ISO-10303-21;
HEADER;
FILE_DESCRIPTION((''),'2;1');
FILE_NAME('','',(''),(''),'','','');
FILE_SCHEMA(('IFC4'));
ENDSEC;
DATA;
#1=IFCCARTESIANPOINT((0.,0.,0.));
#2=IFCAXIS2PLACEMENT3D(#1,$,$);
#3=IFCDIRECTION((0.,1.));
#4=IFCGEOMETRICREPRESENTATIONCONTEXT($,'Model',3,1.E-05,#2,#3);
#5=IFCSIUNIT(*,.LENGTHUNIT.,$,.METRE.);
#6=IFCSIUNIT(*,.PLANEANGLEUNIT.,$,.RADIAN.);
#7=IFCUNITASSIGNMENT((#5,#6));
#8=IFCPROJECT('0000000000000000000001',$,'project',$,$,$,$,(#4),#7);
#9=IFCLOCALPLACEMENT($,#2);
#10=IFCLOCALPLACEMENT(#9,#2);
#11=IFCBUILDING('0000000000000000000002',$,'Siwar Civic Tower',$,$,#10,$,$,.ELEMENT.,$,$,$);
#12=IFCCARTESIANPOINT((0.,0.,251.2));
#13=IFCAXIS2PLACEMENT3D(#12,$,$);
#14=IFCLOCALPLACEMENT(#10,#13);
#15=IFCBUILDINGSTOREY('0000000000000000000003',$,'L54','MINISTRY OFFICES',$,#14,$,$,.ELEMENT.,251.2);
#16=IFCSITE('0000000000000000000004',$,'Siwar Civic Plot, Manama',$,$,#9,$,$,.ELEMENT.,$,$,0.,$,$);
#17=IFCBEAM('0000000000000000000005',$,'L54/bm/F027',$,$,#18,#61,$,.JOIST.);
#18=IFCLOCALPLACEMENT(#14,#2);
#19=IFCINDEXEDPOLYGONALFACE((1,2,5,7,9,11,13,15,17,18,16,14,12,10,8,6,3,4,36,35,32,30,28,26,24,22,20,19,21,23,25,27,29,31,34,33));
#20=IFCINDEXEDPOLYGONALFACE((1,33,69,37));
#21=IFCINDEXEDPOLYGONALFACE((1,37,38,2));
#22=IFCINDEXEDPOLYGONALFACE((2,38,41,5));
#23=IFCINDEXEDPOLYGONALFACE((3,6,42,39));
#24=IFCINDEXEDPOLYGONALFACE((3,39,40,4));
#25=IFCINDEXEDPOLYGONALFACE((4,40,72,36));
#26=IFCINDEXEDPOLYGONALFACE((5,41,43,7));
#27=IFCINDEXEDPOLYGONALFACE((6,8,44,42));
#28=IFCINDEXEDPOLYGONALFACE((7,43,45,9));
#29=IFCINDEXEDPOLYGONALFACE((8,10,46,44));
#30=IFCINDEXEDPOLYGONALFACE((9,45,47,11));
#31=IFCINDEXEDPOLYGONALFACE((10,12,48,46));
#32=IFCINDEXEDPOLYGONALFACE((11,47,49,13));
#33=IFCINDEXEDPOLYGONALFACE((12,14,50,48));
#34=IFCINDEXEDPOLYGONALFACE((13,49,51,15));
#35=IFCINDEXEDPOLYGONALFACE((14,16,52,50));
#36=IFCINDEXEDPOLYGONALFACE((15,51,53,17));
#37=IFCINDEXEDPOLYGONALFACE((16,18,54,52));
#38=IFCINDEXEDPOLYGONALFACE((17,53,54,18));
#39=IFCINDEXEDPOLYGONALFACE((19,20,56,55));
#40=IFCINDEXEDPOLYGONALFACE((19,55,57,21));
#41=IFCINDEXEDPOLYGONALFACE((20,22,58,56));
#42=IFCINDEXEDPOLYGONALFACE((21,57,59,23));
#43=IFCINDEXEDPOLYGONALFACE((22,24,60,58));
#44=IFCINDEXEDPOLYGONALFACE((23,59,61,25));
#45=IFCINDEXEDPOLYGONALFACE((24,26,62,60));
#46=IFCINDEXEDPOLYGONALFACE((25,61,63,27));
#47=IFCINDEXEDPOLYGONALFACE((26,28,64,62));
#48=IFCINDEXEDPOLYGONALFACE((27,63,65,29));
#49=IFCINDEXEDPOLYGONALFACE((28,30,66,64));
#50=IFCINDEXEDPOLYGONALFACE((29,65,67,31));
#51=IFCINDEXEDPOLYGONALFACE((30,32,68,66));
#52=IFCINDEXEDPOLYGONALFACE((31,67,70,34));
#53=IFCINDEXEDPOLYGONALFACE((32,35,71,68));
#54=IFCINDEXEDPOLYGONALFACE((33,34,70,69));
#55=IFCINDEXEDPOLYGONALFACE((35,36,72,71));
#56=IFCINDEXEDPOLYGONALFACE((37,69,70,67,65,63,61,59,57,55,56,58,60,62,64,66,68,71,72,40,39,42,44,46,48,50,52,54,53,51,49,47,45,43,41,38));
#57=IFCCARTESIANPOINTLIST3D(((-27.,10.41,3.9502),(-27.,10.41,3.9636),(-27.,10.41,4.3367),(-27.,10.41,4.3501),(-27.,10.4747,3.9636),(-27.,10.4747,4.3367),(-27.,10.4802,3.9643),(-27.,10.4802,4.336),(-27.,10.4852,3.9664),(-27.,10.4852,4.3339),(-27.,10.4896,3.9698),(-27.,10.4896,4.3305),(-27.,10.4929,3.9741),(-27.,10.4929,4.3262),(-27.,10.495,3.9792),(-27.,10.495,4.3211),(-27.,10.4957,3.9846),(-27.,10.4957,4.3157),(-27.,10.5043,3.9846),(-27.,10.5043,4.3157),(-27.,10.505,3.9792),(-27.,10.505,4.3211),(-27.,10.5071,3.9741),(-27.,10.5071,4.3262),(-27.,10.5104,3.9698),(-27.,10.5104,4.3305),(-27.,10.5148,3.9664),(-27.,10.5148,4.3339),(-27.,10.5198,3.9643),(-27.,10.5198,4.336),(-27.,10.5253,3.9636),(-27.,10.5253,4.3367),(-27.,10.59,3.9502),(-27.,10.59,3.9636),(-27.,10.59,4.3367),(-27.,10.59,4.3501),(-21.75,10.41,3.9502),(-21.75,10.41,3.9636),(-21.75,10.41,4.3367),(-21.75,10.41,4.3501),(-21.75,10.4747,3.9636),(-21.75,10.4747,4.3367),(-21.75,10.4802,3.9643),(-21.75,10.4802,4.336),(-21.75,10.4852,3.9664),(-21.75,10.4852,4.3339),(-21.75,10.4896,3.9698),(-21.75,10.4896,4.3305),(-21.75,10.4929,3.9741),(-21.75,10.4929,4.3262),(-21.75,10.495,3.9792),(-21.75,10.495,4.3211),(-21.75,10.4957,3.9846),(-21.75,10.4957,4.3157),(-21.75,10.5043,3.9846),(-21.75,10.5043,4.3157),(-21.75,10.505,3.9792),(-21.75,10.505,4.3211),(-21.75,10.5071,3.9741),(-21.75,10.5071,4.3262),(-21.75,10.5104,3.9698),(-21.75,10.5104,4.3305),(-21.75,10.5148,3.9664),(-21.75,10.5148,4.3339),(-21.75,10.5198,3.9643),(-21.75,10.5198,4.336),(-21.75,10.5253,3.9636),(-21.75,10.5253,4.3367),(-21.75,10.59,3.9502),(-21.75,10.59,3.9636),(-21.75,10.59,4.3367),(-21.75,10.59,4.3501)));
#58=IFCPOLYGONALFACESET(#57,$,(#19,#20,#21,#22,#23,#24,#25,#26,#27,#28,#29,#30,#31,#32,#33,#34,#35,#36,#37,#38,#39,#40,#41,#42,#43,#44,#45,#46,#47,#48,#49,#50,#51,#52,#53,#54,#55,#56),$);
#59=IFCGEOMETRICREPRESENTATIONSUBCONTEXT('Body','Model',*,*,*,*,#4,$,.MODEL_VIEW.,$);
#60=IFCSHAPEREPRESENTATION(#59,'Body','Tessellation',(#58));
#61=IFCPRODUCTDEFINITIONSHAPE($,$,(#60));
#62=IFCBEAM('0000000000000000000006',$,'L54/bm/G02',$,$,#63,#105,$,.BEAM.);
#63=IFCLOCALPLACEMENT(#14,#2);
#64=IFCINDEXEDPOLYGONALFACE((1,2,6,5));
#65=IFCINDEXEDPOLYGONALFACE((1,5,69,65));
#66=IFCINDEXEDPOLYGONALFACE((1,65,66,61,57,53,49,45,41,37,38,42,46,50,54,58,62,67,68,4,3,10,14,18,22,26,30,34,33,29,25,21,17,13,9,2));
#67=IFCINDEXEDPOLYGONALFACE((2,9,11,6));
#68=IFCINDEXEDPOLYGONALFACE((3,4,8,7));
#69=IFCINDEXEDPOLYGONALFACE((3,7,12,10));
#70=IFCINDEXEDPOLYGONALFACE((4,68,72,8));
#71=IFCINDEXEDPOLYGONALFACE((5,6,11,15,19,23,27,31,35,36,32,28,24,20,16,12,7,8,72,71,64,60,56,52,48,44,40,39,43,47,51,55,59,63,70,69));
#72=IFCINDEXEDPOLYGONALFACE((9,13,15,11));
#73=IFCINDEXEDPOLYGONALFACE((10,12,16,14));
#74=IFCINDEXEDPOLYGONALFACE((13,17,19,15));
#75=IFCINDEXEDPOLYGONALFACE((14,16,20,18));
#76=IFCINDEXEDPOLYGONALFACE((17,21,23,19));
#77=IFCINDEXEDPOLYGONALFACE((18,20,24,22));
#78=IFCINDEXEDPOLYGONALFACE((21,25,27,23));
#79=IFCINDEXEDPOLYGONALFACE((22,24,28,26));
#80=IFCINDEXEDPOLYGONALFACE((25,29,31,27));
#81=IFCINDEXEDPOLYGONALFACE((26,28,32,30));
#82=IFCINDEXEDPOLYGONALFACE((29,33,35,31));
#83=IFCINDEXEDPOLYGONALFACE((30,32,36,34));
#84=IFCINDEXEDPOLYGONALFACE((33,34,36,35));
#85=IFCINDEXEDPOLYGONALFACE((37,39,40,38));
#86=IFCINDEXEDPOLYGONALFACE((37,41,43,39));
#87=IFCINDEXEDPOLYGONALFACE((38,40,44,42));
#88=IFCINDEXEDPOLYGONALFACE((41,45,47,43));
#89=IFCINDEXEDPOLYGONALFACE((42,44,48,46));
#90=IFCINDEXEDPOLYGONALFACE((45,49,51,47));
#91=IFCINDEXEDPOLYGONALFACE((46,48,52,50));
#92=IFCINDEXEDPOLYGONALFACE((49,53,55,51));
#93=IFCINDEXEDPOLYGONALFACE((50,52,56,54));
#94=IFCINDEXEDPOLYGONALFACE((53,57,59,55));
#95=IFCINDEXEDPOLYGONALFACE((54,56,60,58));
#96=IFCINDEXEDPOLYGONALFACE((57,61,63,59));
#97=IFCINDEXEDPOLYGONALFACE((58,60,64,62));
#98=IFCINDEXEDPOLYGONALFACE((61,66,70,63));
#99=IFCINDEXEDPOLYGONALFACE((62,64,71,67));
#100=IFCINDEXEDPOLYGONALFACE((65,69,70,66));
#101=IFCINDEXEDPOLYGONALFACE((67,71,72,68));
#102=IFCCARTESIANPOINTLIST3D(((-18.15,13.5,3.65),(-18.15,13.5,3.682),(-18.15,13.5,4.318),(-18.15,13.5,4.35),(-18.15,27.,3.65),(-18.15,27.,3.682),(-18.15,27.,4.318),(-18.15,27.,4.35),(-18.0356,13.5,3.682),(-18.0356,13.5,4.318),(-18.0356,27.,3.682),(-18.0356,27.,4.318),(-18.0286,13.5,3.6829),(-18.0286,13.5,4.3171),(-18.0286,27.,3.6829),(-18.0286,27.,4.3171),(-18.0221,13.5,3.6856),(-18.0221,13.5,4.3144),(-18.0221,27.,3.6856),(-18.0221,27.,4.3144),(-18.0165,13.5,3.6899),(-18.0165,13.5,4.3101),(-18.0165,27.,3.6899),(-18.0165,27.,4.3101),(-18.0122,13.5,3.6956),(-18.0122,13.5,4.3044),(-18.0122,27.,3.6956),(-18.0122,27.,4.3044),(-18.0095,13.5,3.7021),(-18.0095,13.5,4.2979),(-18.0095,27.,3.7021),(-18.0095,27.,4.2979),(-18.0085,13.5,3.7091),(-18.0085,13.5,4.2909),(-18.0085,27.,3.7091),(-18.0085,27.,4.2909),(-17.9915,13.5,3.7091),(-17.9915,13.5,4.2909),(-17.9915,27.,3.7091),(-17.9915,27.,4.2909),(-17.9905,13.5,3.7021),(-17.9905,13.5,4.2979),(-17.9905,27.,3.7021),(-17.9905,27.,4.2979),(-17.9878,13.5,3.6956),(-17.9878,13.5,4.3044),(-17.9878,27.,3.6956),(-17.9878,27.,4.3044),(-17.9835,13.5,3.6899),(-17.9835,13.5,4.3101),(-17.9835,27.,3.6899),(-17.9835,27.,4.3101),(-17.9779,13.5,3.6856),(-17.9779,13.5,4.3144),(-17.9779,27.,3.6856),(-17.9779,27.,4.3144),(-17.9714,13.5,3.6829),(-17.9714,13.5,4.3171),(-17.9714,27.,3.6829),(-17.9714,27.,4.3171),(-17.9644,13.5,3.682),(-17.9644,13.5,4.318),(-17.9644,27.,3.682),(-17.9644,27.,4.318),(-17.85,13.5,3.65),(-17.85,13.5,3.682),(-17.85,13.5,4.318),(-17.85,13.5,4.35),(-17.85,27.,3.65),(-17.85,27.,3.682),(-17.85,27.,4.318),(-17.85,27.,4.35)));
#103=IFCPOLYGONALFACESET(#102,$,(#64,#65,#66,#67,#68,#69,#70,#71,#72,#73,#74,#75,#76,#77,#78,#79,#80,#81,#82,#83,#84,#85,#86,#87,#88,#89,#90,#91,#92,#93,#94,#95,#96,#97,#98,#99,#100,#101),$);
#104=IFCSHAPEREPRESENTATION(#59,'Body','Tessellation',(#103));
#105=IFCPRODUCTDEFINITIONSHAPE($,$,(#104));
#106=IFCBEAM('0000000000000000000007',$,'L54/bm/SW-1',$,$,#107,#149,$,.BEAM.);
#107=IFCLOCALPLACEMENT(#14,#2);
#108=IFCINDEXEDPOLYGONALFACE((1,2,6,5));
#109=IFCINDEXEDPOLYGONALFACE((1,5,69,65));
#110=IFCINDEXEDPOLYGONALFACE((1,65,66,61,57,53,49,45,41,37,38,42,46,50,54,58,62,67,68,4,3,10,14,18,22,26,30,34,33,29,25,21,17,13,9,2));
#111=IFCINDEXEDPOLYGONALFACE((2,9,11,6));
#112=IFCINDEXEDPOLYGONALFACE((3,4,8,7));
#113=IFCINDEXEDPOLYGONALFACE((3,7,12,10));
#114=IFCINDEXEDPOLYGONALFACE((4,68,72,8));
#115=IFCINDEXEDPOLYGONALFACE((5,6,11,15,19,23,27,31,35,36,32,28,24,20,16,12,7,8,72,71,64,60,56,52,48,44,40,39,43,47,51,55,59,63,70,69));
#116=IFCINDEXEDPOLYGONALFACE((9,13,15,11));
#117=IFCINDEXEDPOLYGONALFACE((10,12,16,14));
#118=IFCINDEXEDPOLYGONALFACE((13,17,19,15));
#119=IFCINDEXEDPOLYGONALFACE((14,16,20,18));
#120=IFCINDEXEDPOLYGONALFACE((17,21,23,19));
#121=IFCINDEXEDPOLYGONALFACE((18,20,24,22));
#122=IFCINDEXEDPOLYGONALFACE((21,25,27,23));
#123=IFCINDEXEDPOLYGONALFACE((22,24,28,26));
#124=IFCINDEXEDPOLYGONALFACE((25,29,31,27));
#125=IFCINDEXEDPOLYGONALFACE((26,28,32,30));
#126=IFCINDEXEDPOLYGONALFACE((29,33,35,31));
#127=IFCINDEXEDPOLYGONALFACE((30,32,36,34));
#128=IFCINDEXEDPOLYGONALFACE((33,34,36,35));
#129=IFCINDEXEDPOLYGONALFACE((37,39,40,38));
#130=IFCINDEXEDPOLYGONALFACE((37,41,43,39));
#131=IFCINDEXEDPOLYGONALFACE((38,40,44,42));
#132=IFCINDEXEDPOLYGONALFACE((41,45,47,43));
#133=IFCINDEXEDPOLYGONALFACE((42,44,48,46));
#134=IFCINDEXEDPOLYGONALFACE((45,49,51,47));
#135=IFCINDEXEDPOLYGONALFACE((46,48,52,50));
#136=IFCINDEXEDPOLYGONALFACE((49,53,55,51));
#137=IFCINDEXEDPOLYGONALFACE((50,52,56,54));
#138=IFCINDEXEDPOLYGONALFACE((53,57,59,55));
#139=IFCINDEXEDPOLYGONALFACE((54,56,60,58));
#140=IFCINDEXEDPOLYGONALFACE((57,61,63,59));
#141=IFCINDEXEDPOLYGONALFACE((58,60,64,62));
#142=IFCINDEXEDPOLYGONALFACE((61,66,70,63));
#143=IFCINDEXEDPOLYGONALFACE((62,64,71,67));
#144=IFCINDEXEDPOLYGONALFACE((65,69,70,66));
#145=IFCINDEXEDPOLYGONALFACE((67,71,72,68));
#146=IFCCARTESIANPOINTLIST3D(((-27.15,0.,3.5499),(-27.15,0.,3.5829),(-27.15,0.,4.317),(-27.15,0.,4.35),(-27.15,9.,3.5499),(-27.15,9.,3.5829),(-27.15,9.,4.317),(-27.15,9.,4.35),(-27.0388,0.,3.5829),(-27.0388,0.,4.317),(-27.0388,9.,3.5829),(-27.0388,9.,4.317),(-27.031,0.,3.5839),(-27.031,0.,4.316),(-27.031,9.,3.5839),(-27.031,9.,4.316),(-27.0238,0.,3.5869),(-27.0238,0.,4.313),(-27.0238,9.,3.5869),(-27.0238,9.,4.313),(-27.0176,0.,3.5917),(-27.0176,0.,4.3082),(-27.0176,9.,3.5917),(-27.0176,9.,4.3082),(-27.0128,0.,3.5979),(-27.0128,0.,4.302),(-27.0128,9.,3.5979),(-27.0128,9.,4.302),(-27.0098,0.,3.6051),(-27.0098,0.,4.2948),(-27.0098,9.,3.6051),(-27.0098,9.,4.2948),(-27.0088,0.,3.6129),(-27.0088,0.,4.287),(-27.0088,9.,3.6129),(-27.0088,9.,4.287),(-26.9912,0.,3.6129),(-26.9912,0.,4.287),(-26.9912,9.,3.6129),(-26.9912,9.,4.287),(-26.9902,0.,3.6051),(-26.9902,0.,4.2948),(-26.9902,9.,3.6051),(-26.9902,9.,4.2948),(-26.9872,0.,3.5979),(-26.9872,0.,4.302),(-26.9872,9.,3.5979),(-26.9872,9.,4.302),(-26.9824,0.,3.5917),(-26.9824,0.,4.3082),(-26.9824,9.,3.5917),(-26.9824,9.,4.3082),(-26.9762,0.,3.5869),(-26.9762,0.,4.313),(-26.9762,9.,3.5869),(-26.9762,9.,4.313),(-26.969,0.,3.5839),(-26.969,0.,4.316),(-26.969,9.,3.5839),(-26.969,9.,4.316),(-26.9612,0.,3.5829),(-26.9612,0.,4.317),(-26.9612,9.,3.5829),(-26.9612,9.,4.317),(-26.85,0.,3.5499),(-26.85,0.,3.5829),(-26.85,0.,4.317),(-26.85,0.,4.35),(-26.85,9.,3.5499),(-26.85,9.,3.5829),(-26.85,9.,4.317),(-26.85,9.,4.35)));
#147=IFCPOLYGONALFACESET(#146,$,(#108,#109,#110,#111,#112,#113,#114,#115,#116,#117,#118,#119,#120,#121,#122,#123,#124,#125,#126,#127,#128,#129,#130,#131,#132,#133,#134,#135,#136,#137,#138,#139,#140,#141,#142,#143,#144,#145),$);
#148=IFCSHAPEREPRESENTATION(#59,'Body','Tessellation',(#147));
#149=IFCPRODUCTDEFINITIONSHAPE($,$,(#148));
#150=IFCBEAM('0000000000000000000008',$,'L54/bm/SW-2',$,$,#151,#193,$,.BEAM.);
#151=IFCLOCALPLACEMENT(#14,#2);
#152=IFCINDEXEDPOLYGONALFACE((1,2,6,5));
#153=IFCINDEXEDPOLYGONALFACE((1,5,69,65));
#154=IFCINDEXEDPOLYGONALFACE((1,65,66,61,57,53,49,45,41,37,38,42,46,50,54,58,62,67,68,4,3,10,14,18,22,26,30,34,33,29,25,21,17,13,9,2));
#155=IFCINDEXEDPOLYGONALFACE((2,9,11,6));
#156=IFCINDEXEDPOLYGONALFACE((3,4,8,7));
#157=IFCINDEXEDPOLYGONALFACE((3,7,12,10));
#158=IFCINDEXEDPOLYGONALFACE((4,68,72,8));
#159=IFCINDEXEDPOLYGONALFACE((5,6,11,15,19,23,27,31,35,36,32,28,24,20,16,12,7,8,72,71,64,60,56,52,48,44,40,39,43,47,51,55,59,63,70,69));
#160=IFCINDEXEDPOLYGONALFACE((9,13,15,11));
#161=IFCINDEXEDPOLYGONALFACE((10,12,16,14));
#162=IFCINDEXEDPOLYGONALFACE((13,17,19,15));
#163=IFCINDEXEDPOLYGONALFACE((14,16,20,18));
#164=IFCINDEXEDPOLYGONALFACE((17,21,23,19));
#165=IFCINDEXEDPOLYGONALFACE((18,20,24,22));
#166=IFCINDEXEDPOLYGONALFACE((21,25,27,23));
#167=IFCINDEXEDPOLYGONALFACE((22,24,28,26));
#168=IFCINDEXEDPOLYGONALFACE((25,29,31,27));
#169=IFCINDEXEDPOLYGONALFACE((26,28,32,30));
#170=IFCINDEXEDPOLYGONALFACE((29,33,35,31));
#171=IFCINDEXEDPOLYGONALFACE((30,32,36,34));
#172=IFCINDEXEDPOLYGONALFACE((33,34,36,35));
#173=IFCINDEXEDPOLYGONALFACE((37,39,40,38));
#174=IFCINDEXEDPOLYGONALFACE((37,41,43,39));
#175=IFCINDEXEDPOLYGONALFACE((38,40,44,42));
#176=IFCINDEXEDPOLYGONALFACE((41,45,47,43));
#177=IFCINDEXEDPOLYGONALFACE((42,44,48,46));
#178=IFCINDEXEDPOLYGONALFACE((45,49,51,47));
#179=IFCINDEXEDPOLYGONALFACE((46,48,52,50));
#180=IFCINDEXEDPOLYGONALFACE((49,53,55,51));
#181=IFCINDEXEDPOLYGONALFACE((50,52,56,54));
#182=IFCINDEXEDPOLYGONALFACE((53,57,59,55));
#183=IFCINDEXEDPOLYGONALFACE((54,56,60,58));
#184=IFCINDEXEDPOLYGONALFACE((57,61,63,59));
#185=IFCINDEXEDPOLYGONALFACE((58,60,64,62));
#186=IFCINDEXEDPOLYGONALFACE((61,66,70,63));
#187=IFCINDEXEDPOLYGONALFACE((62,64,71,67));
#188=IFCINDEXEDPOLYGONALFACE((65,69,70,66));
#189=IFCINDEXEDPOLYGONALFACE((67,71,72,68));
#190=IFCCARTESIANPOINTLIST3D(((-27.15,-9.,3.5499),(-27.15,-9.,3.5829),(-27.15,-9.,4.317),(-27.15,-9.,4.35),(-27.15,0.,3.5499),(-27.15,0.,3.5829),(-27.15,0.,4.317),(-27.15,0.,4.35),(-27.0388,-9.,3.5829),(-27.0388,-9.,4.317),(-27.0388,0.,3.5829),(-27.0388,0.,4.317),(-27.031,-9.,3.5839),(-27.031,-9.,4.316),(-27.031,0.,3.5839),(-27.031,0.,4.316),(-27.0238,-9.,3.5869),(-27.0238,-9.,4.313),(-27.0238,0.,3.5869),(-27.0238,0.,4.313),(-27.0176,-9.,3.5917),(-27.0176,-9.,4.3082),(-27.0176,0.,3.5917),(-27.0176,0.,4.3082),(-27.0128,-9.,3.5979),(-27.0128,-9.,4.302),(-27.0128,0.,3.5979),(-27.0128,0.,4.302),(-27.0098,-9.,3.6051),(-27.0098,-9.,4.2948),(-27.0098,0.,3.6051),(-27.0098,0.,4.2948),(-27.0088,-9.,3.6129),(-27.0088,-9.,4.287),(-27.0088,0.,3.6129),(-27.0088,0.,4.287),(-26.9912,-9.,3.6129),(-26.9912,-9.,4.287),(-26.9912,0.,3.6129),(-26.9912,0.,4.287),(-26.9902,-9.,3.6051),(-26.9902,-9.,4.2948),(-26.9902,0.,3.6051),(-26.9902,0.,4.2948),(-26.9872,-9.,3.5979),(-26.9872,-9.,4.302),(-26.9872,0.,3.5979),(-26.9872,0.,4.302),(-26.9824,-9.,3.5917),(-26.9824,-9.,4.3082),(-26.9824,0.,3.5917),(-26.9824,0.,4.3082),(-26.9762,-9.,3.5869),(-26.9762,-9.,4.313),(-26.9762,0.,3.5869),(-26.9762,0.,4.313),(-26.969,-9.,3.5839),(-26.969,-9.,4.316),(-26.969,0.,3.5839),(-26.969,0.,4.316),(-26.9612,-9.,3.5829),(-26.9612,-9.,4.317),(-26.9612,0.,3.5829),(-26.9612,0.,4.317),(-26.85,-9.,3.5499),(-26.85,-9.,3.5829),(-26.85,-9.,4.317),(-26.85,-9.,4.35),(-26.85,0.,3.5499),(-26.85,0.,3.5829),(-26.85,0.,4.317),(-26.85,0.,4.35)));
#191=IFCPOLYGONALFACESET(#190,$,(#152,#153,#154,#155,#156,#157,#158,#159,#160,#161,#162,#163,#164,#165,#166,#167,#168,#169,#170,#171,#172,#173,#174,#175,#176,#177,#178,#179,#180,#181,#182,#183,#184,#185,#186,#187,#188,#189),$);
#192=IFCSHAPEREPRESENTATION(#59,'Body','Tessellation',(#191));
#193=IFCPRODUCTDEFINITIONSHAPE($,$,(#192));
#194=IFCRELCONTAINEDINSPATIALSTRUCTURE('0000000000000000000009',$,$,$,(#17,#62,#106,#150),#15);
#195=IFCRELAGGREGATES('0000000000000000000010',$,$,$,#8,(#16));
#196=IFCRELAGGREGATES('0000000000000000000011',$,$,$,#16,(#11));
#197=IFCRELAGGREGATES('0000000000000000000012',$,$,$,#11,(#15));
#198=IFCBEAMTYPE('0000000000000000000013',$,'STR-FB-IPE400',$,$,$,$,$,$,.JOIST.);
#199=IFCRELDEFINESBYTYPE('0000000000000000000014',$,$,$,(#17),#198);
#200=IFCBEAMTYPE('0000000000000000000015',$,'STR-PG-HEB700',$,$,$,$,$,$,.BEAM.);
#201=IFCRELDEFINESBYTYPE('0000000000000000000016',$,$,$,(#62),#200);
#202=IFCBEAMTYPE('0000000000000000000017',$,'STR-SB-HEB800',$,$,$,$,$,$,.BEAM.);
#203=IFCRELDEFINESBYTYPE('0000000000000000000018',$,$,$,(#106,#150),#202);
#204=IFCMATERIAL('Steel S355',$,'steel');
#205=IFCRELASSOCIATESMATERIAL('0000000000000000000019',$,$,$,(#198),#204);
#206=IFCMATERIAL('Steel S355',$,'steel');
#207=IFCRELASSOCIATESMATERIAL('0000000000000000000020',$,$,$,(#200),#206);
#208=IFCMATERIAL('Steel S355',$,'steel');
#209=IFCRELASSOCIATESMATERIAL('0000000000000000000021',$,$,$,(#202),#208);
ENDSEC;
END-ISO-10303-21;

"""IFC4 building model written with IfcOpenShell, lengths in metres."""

from ifc_helpers import new_model, si_unit, direction, frame, origin, origin_2d, place, context, subcontext, project, spatial, i_section, extrude, material, material_profile, profile_set, type_object, element, save


model = new_model("IFC4")

# Units and contexts
model_context = context("Model", 3, precision=1e-05, world=origin(), true_north=direction((0.0, 1.0)))
body_context = subcontext(model_context, "Body", "Model", "MODEL_VIEW")
ifc_project = project(units=[si_unit("LENGTHUNIT", "METRE"), si_unit("PLANEANGLEUNIT", "RADIAN")], contexts=[model_context])

# Site, building, storey
site_placement = place(None, origin())
site = spatial("IfcSite", under=ifc_project, at=site_placement, Name="Siwar Civic Plot, Manama", CompositionType="ELEMENT", RefElevation=0.0)
building_placement = place(site_placement, origin())
building = spatial("IfcBuilding", under=site, at=building_placement, Name="Siwar Civic Tower", CompositionType="ELEMENT")
storey_placement = place(building_placement, frame((0.0, 0.0, 251.2)))
storey = spatial("IfcBuildingStorey", under=building, at=storey_placement, Name="L54", Description="MINISTRY OFFICES", CompositionType="ELEMENT", Elevation=251.2)

# Beams
ifc_material_1 = material(Name="Steel S355", Category="steel")
ifc_material_profile_1 = material_profile(ifc_material_1, i_section(OverallWidth=0.1799, OverallDepth=0.3999, WebThickness=0.0085, FlangeThickness=0.0134, FilletRadius=0.021, at=origin_2d()), Name="IPE400")
ifc_profile_set_1 = profile_set([ifc_material_profile_1], Name="Steel S355")
beam_type_1 = type_object("IfcBeamType", Name="STR-FB-IPE400", PredefinedType="JOIST", material=ifc_profile_set_1)
for number, where, z_axis, x_axis, name in (
    (1, (-27.0, 10.5, 4.1501), (1.0, 0.0, 0.0), (0.0, 1.0, 0.0), "L54/bm/F027"),
):
    element("IfcBeam", number, at=place(storey_placement, frame(where, z_axis=z_axis, x_axis=x_axis)), inside=storey, type_object=beam_type_1, Name=name, PredefinedType="JOIST", context=body_context, shape_type="SweptSolid", body=[
        extrude(i_section(OverallWidth=0.1799, OverallDepth=0.3999, WebThickness=0.0085, FlangeThickness=0.0134, FilletRadius=0.021, at=origin_2d()), origin(), (0.0, 0.0, 1.0), 5.25),
    ])
ifc_material_2 = material(Name="Steel S355", Category="steel")
ifc_material_profile_2 = material_profile(ifc_material_2, i_section(OverallWidth=0.3, OverallDepth=0.7, WebThickness=0.0171, FlangeThickness=0.032, FilletRadius=0.0271, at=origin_2d()), Name="HEB700")
ifc_profile_set_2 = profile_set([ifc_material_profile_2], Name="Steel S355")
beam_type_2 = type_object("IfcBeamType", Name="STR-PG-HEB700", PredefinedType="BEAM", material=ifc_profile_set_2)
beam_placement = place(storey_placement, frame((-18.0, 13.5, 4.0), z_axis=(0.0, 1.0, 0.0), x_axis=(-1.0, 0.0, 0.0)))
element("IfcBeam", 2, at=beam_placement, inside=storey, type_object=beam_type_2, Name="L54/bm/G02", PredefinedType="BEAM", context=body_context, shape_type="SweptSolid", body=[
    extrude(i_section(OverallWidth=0.3, OverallDepth=0.7, WebThickness=0.0171, FlangeThickness=0.032, FilletRadius=0.0271, at=origin_2d()), origin(), (0.0, 0.0, 1.0), 13.5),
])
ifc_material_3 = material(Name="Steel S355", Category="steel")
ifc_material_profile_3 = material_profile(ifc_material_3, i_section(OverallWidth=0.3, OverallDepth=0.8, WebThickness=0.0176, FlangeThickness=0.033, FilletRadius=0.03, at=origin_2d()), Name="HEB800")
ifc_profile_set_3 = profile_set([ifc_material_profile_3], Name="Steel S355")
beam_type_3 = type_object("IfcBeamType", Name="STR-SB-HEB800", PredefinedType="BEAM", material=ifc_profile_set_3)
for number, where, z_axis, x_axis, name in (
    (3, (-27.0, 9.0, 3.95), (0.0, -1.0, 0.0), (1.0, 0.0, 0.0), "L54/bm/SW-1"),
    (4, (-27.0, 0.0, 3.95), (0.0, -1.0, 0.0), (1.0, 0.0, 0.0), "L54/bm/SW-2"),
):
    element("IfcBeam", number, at=place(storey_placement, frame(where, z_axis=z_axis, x_axis=x_axis)), inside=storey, type_object=beam_type_3, Name=name, PredefinedType="BEAM", context=body_context, shape_type="SweptSolid", body=[
        extrude(i_section(OverallWidth=0.3, OverallDepth=0.8, WebThickness=0.0176, FlangeThickness=0.033, FilletRadius=0.03, at=origin_2d()), origin(), (0.0, 0.0, 1.0), 9.0),
    ])

save(model, "model.ifc")
